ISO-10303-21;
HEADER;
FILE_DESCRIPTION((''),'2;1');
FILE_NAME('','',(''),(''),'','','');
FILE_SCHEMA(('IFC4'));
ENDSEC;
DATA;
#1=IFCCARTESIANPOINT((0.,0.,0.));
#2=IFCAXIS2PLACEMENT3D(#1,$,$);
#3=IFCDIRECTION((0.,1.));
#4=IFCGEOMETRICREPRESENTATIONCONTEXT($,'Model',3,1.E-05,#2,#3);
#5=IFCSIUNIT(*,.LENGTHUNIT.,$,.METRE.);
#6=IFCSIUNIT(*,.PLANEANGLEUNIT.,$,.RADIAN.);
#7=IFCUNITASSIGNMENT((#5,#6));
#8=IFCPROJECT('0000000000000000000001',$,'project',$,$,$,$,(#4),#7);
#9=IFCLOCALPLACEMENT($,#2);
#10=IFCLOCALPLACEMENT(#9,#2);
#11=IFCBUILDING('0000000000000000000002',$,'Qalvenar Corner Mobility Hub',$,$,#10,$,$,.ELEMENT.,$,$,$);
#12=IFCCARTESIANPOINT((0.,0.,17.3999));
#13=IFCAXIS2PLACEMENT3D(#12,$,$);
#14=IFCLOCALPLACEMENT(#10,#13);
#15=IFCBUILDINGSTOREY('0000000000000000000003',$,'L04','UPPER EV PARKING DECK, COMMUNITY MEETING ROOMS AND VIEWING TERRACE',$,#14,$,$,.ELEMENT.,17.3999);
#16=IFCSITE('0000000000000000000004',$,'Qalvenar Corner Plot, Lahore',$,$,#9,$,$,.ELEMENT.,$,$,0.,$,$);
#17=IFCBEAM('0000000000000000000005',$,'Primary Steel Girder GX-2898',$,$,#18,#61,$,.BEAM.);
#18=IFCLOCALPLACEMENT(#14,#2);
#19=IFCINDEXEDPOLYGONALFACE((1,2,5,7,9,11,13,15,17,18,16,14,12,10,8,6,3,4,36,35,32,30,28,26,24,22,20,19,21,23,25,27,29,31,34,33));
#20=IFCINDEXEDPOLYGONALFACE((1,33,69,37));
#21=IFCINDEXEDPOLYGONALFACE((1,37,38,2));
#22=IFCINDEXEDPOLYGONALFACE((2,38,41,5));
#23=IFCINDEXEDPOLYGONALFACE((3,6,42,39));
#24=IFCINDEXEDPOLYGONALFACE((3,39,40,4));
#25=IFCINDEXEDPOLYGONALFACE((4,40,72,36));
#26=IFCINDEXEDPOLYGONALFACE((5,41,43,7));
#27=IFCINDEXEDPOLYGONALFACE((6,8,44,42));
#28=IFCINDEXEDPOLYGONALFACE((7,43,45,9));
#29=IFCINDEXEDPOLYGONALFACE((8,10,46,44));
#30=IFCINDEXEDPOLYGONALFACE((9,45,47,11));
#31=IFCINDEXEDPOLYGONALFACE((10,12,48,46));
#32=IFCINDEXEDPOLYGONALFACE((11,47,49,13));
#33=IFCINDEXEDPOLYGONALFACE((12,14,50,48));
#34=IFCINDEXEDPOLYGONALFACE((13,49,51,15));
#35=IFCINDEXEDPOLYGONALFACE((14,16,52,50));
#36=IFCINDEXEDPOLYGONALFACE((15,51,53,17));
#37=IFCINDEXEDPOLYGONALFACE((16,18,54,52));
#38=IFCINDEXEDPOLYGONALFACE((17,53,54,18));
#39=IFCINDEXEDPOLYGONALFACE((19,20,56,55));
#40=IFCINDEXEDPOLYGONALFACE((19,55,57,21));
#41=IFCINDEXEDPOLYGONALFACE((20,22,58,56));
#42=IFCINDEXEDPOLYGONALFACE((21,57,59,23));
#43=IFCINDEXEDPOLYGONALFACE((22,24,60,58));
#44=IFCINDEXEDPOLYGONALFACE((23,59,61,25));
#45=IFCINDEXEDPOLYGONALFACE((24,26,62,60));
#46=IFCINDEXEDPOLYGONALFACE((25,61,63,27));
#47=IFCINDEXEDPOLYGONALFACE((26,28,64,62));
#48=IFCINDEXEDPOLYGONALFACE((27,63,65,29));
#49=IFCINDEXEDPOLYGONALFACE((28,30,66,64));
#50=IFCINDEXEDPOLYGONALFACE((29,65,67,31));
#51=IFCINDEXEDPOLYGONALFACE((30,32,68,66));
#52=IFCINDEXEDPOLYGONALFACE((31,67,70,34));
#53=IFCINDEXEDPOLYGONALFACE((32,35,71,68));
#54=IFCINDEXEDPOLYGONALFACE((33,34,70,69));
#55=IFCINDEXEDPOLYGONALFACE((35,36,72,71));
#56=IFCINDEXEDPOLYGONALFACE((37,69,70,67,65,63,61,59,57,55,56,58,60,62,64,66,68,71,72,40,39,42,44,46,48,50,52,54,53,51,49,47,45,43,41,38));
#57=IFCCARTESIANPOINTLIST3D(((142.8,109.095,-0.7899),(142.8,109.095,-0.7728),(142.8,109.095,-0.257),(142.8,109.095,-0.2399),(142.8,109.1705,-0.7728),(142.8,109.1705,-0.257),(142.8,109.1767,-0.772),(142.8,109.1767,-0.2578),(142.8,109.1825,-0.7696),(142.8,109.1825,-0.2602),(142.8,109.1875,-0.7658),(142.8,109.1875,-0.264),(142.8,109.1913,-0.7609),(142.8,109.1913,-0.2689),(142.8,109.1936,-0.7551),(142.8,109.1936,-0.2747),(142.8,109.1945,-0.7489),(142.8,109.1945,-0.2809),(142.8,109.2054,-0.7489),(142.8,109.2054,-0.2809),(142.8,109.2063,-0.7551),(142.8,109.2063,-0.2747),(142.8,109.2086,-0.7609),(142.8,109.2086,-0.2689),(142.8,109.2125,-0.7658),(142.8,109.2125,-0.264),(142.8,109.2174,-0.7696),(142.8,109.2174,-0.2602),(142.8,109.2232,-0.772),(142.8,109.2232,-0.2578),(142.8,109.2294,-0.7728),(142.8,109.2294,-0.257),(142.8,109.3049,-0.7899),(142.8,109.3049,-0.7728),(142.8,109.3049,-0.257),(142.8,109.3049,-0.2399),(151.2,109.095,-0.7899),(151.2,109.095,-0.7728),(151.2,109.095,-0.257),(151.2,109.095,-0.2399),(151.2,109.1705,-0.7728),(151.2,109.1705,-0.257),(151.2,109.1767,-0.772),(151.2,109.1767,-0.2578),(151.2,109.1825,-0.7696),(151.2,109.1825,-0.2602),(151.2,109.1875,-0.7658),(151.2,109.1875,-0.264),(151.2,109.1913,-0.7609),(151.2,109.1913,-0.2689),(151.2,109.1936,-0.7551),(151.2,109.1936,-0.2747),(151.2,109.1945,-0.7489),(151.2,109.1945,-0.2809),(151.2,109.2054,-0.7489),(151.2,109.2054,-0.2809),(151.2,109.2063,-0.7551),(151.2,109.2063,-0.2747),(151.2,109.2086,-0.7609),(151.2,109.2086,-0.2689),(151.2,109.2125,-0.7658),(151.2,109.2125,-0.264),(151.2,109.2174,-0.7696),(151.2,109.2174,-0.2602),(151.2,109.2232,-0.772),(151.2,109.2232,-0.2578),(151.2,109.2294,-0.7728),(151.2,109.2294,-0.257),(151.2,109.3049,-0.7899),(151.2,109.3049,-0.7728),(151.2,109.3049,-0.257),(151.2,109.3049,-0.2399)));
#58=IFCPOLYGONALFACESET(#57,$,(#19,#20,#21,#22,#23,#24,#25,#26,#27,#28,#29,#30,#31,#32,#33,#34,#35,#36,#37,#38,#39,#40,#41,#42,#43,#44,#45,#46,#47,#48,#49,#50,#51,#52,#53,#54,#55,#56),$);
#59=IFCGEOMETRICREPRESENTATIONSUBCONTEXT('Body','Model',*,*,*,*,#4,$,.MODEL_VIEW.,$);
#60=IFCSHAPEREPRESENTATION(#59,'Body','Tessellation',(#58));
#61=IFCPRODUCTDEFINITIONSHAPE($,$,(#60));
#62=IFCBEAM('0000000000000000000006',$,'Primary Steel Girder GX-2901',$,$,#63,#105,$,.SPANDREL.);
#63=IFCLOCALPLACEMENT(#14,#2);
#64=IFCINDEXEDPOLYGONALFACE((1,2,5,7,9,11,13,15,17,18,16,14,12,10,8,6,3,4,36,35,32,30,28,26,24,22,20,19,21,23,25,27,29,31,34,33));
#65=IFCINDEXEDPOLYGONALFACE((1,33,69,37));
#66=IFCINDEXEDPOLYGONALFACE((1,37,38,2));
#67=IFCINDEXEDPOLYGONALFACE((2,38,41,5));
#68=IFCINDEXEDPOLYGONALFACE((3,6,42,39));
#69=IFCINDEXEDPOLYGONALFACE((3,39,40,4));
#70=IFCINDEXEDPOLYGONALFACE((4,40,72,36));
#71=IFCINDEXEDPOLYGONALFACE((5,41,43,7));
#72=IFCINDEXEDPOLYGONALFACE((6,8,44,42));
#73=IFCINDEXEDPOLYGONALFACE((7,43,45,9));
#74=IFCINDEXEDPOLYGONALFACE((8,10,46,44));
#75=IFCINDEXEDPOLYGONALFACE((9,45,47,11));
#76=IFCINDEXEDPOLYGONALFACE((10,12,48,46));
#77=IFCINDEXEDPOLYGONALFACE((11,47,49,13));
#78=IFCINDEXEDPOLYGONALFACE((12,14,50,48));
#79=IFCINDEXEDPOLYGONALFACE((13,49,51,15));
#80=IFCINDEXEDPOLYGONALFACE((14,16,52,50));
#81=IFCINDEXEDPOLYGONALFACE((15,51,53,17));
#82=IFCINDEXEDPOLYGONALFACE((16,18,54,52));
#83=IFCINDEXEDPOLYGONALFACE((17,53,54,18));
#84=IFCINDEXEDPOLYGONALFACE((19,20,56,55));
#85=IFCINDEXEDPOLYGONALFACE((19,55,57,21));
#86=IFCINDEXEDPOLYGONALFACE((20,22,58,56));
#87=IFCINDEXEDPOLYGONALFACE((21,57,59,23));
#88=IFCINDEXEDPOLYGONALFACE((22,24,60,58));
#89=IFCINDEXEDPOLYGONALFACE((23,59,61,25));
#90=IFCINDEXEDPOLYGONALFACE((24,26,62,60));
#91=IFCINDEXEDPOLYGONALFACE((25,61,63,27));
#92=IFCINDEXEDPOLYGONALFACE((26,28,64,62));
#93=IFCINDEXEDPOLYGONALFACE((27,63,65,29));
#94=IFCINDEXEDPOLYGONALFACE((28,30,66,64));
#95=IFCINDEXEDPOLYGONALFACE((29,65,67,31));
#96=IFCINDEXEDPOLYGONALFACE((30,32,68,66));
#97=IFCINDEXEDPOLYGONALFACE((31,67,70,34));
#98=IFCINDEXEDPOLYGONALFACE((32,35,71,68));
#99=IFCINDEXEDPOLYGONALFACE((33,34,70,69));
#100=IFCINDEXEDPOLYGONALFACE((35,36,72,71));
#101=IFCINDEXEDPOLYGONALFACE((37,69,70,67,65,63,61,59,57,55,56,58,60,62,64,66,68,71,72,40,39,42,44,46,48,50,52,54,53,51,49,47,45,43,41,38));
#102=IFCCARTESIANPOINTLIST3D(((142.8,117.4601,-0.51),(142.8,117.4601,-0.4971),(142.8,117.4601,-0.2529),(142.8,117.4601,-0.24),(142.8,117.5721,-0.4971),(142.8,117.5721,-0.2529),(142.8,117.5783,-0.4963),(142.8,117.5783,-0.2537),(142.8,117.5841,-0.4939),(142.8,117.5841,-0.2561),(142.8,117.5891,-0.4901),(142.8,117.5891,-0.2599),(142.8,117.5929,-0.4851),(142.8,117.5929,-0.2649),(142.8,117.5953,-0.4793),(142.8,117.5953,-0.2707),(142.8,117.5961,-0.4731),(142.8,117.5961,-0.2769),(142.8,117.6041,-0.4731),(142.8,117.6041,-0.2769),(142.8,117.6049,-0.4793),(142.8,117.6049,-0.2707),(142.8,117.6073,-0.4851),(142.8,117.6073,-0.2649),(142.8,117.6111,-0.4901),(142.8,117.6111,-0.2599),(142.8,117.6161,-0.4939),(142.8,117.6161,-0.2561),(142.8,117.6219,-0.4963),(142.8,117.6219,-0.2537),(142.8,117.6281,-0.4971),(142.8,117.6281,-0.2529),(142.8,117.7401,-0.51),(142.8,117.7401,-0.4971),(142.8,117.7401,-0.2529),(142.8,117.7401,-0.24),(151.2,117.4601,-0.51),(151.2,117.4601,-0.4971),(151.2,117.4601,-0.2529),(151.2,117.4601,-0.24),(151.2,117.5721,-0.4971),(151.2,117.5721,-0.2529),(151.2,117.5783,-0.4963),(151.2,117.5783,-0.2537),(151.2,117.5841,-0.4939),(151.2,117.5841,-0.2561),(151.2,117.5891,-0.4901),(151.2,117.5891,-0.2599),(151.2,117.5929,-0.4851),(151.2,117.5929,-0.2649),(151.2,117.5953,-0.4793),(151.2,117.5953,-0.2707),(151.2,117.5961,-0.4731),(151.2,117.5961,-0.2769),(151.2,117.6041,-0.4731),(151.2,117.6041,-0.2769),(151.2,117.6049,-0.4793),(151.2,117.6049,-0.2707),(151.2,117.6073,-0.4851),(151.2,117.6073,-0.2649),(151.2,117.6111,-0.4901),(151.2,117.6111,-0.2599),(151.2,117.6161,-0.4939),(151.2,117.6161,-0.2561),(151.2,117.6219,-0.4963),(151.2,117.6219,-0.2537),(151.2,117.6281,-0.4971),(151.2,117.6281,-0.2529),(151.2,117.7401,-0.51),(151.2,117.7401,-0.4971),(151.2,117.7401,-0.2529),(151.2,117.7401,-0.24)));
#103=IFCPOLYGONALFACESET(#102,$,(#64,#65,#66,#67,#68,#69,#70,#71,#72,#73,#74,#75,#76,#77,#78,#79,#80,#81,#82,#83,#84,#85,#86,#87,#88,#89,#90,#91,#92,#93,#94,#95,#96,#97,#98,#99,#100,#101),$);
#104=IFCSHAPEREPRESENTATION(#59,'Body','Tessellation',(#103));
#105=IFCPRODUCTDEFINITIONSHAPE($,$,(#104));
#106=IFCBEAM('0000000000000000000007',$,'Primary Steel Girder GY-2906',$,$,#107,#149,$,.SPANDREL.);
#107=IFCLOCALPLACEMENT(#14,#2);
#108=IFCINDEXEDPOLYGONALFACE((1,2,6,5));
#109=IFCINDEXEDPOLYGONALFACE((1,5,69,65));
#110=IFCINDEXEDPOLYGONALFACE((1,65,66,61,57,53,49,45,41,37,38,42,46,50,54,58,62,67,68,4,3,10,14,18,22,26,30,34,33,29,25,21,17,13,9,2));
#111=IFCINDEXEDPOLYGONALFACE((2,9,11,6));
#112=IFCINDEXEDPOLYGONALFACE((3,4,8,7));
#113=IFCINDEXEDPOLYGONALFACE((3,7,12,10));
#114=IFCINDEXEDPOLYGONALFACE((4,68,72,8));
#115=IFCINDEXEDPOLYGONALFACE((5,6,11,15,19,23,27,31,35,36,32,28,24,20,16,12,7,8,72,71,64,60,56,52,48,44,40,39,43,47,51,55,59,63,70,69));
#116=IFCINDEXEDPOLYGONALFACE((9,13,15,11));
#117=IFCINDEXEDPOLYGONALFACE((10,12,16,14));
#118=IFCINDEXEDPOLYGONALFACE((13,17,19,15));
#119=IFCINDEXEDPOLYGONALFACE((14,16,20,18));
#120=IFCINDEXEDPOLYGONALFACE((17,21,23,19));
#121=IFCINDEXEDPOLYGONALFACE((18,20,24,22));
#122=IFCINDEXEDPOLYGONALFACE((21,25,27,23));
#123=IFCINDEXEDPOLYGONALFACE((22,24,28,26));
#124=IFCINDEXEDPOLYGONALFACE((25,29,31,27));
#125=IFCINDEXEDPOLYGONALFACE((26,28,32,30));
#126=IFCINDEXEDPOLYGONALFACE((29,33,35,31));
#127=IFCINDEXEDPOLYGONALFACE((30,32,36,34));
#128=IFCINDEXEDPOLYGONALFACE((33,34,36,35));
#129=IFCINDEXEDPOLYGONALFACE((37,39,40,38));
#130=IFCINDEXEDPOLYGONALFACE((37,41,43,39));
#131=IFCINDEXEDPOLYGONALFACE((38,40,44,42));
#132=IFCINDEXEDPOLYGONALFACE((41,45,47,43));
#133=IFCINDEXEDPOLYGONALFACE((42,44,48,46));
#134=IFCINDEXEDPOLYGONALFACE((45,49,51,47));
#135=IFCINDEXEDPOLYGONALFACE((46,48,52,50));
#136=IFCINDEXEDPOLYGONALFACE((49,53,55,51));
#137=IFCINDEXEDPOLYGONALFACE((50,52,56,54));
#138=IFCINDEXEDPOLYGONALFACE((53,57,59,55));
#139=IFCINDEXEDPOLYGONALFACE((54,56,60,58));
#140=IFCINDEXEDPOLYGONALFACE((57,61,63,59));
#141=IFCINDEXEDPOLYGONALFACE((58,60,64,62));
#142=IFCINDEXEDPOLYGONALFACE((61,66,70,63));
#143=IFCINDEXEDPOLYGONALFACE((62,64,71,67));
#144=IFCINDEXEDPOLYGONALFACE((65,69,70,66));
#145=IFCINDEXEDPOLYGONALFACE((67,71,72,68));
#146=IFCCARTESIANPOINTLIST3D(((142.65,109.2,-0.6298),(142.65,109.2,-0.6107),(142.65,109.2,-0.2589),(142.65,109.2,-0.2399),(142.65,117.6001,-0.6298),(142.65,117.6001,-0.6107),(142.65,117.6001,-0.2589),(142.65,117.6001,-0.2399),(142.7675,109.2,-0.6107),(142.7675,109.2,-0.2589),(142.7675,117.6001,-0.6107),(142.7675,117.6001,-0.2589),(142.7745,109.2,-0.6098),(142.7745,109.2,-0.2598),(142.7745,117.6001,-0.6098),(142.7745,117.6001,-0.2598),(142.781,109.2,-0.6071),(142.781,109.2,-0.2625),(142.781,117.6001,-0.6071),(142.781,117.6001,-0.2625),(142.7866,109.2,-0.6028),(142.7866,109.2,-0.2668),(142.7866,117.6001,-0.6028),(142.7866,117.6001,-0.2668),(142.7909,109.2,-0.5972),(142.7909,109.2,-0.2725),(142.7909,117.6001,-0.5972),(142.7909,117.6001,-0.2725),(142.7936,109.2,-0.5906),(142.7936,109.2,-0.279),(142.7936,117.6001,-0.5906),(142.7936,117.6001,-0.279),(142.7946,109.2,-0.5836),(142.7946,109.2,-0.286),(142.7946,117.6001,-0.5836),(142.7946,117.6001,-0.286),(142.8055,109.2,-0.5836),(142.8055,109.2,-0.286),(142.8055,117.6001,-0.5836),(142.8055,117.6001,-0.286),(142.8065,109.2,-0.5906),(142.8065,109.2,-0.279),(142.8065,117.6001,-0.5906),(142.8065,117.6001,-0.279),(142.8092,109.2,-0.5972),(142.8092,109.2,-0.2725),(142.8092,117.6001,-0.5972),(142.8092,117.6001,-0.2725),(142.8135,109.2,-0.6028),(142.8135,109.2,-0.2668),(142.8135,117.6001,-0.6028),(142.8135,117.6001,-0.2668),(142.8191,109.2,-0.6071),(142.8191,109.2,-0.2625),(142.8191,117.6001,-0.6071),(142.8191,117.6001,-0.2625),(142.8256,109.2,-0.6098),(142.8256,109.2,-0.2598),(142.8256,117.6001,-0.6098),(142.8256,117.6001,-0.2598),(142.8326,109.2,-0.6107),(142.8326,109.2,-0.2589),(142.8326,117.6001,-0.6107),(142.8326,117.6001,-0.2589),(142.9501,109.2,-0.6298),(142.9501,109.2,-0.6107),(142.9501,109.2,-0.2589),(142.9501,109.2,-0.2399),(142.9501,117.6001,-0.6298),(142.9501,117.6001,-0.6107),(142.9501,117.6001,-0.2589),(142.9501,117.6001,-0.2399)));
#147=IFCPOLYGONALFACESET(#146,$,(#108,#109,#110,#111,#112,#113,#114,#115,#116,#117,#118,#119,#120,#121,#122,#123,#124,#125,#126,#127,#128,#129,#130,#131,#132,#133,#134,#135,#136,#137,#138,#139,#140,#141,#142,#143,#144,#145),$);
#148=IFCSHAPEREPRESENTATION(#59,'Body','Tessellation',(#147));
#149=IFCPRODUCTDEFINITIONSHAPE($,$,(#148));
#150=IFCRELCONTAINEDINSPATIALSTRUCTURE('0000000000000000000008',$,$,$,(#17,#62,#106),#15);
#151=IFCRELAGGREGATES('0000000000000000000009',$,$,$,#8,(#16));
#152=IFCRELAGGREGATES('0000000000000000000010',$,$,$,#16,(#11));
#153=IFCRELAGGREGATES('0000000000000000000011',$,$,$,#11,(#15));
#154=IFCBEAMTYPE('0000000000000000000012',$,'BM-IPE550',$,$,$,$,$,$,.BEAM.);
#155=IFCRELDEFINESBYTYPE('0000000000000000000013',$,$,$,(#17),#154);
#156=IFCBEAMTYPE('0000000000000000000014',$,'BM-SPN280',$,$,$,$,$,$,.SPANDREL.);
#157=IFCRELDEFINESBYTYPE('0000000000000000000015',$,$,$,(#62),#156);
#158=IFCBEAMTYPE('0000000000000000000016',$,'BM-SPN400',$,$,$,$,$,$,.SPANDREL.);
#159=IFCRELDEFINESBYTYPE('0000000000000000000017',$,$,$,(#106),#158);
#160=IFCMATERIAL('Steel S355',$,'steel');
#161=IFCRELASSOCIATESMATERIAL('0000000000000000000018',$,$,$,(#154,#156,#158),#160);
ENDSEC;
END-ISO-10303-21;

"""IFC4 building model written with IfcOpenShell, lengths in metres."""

from ifc_helpers import new_model, si_unit, direction, frame, origin, origin_2d, place, context, subcontext, project, spatial, i_section, extrude, material, material_profile, profile_set, type_object, element, save


model = new_model("IFC4")

# Units and contexts
model_context = context("Model", 3, precision=1e-05, world=origin(), true_north=direction((0.0, 1.0)))
body_context = subcontext(model_context, "Body", "Model", "MODEL_VIEW")
ifc_project = project(units=[si_unit("LENGTHUNIT", "METRE"), si_unit("PLANEANGLEUNIT", "RADIAN")], contexts=[model_context])

# Site, building, storey
site_placement = place(None, origin())
site = spatial("IfcSite", under=ifc_project, at=site_placement, Name="Qalvenar Corner Plot, Lahore", CompositionType="ELEMENT", RefElevation=0.0)
building_placement = place(site_placement, origin())
building = spatial("IfcBuilding", under=site, at=building_placement, Name="Qalvenar Corner Mobility Hub", CompositionType="ELEMENT")
storey_placement = place(building_placement, frame((0.0, 0.0, 17.3999)))
storey = spatial("IfcBuildingStorey", under=building, at=storey_placement, Name="L04", Description="UPPER EV PARKING DECK, COMMUNITY MEETING ROOMS AND VIEWING TERRACE", CompositionType="ELEMENT", Elevation=17.3999)

# Shared definitions
ifc_material_1 = material(Name="Steel S355", Category="steel")

# Beams
ifc_material_profile_1 = material_profile(ifc_material_1, i_section(OverallWidth=0.21, OverallDepth=0.55, WebThickness=0.011, FlangeThickness=0.0171, FilletRadius=0.0239, at=origin_2d()), Name="IPE550")
ifc_profile_set_1 = profile_set([ifc_material_profile_1], Name="Steel S355")
beam_type_1 = type_object("IfcBeamType", Name="BM-IPE550", PredefinedType="BEAM", material=ifc_profile_set_1)
beam_1_placement = place(storey_placement, frame((142.8, 109.2, -0.5149), z_axis=(1.0, 0.0, 0.0), x_axis=(0.0, 1.0, 0.0)))
element("IfcBeam", 1, at=beam_1_placement, inside=storey, type_object=beam_type_1, Name="Primary Steel Girder GX-2898", PredefinedType="BEAM", context=body_context, shape_type="SweptSolid", body=[
    extrude(i_section(OverallWidth=0.21, OverallDepth=0.55, WebThickness=0.011, FlangeThickness=0.0171, FilletRadius=0.0239, at=origin_2d()), origin(), (0.0, 0.0, 1.0), 8.3999),
])
ifc_material_profile_2 = material_profile(ifc_material_1, i_section(OverallWidth=0.28, OverallDepth=0.27, WebThickness=0.0081, FlangeThickness=0.0129, FilletRadius=0.0239, at=origin_2d()), Name="HEA280")
ifc_profile_set_2 = profile_set([ifc_material_profile_2], Name="Steel S355")
beam_type_2 = type_object("IfcBeamType", Name="BM-SPN280", PredefinedType="SPANDREL", material=ifc_profile_set_2)
beam_2_placement = place(storey_placement, frame((142.8, 117.6001, -0.375), z_axis=(1.0, 0.0, 0.0), x_axis=(0.0, 1.0, 0.0)))
element("IfcBeam", 2, at=beam_2_placement, inside=storey, type_object=beam_type_2, Name="Primary Steel Girder GX-2901", PredefinedType="SPANDREL", context=body_context, shape_type="SweptSolid", body=[
    extrude(i_section(OverallWidth=0.28, OverallDepth=0.27, WebThickness=0.0081, FlangeThickness=0.0129, FilletRadius=0.0239, at=origin_2d()), origin(), (0.0, 0.0, 1.0), 8.3999),
])
ifc_material_profile_3 = material_profile(ifc_material_1, i_section(OverallWidth=0.3, OverallDepth=0.3899, WebThickness=0.011, FlangeThickness=0.019, FilletRadius=0.0271, at=origin_2d()), Name="HEA400")
ifc_profile_set_3 = profile_set([ifc_material_profile_3], Name="Steel S355")
beam_type_3 = type_object("IfcBeamType", Name="BM-SPN400", PredefinedType="SPANDREL", material=ifc_profile_set_3)
beam_3_placement = place(storey_placement, frame((142.8, 109.2, -0.4348), z_axis=(0.0, 1.0, 0.0), x_axis=(-1.0, 0.0, 0.0)))
element("IfcBeam", 3, at=beam_3_placement, inside=storey, type_object=beam_type_3, Name="Primary Steel Girder GY-2906", PredefinedType="SPANDREL", context=body_context, shape_type="SweptSolid", body=[
    extrude(i_section(OverallWidth=0.3, OverallDepth=0.3899, WebThickness=0.011, FlangeThickness=0.019, FilletRadius=0.0271, at=origin_2d()), origin(), (0.0, 0.0, 1.0), 8.4001),
])

save(model, "model.ifc")
